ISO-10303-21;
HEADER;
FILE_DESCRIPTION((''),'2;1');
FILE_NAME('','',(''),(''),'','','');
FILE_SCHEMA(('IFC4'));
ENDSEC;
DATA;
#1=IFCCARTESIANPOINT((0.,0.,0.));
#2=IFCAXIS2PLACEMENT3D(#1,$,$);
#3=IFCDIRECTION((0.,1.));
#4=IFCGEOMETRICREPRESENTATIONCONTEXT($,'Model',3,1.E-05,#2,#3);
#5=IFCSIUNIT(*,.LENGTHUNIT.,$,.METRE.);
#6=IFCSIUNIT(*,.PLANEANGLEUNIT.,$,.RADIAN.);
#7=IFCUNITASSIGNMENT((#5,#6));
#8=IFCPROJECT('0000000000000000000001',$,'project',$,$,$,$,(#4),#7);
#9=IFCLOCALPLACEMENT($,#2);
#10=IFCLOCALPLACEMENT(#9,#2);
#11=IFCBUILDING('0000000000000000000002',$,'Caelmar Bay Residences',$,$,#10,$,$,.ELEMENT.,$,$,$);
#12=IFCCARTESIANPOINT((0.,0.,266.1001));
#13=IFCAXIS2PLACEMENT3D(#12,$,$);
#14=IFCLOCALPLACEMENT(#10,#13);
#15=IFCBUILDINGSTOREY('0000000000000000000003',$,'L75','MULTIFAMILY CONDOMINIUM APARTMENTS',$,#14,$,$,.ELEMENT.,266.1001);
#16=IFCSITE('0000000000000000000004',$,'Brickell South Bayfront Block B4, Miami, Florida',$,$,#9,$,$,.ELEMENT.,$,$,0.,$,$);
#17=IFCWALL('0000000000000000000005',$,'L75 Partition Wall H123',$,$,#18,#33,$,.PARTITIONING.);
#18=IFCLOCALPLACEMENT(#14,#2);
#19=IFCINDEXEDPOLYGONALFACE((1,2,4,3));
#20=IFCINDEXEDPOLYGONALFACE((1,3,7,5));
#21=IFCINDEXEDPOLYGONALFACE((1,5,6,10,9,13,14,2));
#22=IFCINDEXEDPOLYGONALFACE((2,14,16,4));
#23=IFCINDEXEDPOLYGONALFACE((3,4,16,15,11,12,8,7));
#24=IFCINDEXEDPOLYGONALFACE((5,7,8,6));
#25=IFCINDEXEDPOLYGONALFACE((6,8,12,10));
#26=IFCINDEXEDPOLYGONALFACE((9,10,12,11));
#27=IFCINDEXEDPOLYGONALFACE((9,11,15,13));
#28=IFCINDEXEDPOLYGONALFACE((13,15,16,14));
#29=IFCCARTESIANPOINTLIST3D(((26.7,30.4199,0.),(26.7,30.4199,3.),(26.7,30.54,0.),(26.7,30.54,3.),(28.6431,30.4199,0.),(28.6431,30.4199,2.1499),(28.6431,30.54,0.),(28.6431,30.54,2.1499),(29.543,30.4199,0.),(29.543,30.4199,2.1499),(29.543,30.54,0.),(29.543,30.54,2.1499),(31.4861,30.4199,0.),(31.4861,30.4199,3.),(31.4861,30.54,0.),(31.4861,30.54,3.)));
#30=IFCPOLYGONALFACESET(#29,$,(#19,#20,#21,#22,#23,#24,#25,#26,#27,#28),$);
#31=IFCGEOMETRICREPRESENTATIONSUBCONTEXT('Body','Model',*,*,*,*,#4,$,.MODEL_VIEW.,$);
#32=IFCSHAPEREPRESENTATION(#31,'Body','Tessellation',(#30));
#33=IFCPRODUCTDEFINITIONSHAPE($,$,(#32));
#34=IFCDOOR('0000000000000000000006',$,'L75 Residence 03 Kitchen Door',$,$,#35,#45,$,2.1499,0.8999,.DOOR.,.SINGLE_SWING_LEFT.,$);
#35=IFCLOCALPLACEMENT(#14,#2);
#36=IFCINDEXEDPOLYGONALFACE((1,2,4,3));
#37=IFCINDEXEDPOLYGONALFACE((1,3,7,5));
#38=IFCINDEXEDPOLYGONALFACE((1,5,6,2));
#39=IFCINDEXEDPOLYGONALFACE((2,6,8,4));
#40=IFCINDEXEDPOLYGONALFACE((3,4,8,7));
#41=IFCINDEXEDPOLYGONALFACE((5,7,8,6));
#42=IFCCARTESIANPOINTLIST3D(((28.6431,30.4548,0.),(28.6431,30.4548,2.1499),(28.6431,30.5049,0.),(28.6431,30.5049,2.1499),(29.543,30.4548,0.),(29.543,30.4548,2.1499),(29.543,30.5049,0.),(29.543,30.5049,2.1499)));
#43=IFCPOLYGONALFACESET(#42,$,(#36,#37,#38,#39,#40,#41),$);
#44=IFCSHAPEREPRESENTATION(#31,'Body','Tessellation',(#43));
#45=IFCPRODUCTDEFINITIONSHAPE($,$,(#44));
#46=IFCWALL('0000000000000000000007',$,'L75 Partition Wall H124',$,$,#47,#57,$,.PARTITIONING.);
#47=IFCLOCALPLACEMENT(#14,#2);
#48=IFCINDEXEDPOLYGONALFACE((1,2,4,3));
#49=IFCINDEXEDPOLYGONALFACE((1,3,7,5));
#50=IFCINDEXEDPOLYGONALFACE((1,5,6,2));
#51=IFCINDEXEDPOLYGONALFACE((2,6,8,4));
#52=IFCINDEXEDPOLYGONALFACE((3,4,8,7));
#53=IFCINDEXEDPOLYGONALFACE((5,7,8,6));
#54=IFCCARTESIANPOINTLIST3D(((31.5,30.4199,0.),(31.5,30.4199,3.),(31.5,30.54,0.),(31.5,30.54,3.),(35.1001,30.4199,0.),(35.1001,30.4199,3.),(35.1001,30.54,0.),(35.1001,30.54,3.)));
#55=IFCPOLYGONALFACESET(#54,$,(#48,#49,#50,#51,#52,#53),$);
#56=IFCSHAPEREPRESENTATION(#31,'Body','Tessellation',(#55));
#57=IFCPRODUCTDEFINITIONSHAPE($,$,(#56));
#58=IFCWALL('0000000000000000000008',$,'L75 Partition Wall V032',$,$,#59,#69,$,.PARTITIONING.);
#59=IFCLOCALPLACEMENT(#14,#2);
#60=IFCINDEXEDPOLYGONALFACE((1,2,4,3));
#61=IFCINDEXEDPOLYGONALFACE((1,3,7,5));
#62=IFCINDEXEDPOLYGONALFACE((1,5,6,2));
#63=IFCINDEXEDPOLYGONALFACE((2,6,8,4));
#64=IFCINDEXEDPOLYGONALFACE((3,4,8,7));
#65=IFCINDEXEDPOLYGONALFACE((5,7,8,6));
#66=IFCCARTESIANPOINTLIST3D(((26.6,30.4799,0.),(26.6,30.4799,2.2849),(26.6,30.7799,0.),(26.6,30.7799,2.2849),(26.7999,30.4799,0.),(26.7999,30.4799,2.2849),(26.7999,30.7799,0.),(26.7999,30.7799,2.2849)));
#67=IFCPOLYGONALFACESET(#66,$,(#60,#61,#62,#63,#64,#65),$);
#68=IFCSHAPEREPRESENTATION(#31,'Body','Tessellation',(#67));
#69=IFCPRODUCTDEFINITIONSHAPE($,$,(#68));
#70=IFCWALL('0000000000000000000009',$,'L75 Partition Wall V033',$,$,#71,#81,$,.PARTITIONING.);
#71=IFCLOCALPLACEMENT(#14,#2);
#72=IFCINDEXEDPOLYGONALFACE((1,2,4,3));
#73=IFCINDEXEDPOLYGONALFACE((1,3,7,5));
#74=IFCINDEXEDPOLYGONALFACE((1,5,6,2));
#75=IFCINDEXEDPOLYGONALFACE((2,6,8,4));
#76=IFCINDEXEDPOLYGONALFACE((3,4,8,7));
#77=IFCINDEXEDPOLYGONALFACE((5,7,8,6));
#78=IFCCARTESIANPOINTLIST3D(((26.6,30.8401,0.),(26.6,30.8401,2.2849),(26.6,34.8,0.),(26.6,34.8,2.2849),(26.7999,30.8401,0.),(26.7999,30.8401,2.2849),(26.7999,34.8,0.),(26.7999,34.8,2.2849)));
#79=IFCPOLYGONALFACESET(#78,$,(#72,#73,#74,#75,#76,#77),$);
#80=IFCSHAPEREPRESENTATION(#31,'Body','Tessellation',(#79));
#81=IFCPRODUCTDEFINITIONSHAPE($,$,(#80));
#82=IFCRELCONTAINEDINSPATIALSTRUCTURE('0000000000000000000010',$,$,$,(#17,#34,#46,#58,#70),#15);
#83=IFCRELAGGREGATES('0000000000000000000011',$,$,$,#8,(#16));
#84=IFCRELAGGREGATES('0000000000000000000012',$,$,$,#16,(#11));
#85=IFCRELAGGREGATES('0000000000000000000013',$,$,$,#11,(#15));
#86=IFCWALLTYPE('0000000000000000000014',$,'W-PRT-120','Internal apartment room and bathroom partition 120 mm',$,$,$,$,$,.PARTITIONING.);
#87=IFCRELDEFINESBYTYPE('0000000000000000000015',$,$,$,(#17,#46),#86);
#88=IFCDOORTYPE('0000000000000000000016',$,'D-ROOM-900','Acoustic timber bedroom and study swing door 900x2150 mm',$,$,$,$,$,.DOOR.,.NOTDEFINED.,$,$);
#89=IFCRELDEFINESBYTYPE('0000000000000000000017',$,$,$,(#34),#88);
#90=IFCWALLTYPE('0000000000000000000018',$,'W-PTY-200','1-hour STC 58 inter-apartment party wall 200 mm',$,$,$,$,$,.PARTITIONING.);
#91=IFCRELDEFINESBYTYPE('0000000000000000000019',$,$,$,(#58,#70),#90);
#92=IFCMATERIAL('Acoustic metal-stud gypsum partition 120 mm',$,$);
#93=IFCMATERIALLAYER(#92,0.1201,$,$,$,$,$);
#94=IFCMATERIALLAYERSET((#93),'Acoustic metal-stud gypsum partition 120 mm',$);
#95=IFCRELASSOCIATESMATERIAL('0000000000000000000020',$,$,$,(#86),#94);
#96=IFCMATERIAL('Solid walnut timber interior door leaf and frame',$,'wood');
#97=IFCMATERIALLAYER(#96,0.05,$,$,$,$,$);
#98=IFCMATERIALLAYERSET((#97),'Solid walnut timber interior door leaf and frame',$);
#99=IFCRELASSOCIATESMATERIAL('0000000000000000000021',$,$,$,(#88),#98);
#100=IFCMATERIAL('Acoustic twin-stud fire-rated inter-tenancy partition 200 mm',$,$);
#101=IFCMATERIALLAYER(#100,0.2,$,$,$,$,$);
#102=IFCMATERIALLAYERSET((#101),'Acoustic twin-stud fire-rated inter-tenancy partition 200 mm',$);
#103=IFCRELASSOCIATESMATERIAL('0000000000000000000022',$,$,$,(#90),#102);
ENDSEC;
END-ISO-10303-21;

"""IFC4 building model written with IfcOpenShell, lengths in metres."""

from ifc_helpers import new_model, si_unit, direction, frame, frame_2d, origin, place, context, subcontext, project, spatial, rectangle, extrude, material, layer, layer_set, type_object, element, fill, save


model = new_model("IFC4")

# Units and contexts
model_context = context("Model", 3, precision=1e-05, world=origin(), true_north=direction((0.0, 1.0)))
body_context = subcontext(model_context, "Body", "Model", "MODEL_VIEW")
ifc_project = project(units=[si_unit("LENGTHUNIT", "METRE"), si_unit("PLANEANGLEUNIT", "RADIAN")], contexts=[model_context])

# Site, building, storey
site_placement = place(None, origin())
site = spatial("IfcSite", under=ifc_project, at=site_placement, Name="Brickell South Bayfront Block B4, Miami, Florida", CompositionType="ELEMENT", RefElevation=0.0)
building_placement = place(site_placement, origin())
building = spatial("IfcBuilding", under=site, at=building_placement, Name="Caelmar Bay Residences", CompositionType="ELEMENT")
storey_placement = place(building_placement, frame((0.0, 0.0, 266.1001)))
storey = spatial("IfcBuildingStorey", under=building, at=storey_placement, Name="L75", Description="MULTIFAMILY CONDOMINIUM APARTMENTS", CompositionType="ELEMENT", Elevation=266.1001)

# Shared definitions
ifc_material_1 = material(Name="Acoustic metal-stud gypsum partition 120 mm")
ifc_layer_1 = layer(ifc_material_1, 0.1201)
ifc_layer_set_1 = layer_set([ifc_layer_1], Name="Acoustic metal-stud gypsum partition 120 mm")
wall_type_1 = type_object("IfcWallType", Name="W-PRT-120", Description="Internal apartment room and bathroom partition 120 mm", PredefinedType="PARTITIONING", material=ifc_layer_set_1)
ifc_material_2 = material(Name="Solid walnut timber interior door leaf and frame", Category="wood")
ifc_layer_2 = layer(ifc_material_2, 0.05)
ifc_layer_set_2 = layer_set([ifc_layer_2], Name="Solid walnut timber interior door leaf and frame")
door_type_1 = type_object("IfcDoorType", Name="D-ROOM-900", Description="Acoustic timber bedroom and study swing door 900x2150 mm", OperationType="NOTDEFINED", PredefinedType="DOOR", material=ifc_layer_set_2)

# Wall, opening, door
wall_1_placement = place(storey_placement, frame((26.7, 30.48, 0.0), z_axis=(0.0, 0.0, 1.0), x_axis=(1.0, 0.0, 0.0)))
wall_1 = element("IfcWall", 1, at=wall_1_placement, inside=storey, type_object=wall_type_1, Name="L75 Partition Wall H123", PredefinedType="PARTITIONING", context=body_context, shape_type="SweptSolid", body=[
    extrude(rectangle(XDim=4.7861, YDim=0.1201, at=frame_2d((2.3931, 0.0))), origin(), (0.0, 0.0, 1.0), 3.0),
])
opening_1_placement = place(wall_1_placement, frame((1.9431, 0.0, 0.0)))
opening_1 = element("IfcOpeningElement", 2, at=opening_1_placement, cuts=wall_1, PredefinedType="OPENING", context=body_context, shape_type="SweptSolid", body=[
    extrude(rectangle(XDim=0.8999, YDim=2.1499, at=frame_2d((0.45, 1.075))), frame((0.0, 0.0701, 0.0), z_axis=(0.0, -1.0, 0.0), x_axis=(1.0, 0.0, 0.0)), (0.0, 0.0, 1.0), 0.1401),
])
door_1_placement = place(opening_1_placement, origin())
door_1 = element("IfcDoor", 3, at=door_1_placement, inside=storey, type_object=door_type_1, Name="L75 Residence 03 Kitchen Door", OperationType="SINGLE_SWING_LEFT", OverallHeight=2.1499, OverallWidth=0.8999, PredefinedType="DOOR", context=body_context, shape_type="SweptSolid", body=[
    extrude(rectangle(XDim=0.8999, YDim=2.1499, at=frame_2d((0.45, 1.075))), frame((0.0, 0.0249, 0.0), z_axis=(0.0, -1.0, 0.0), x_axis=(1.0, 0.0, 0.0)), (0.0, 0.0, 1.0), 0.05),
])
fill(opening_1, door_1)

# Walls
wall_2_placement = place(storey_placement, frame((31.5, 30.48, 0.0), z_axis=(0.0, 0.0, 1.0), x_axis=(1.0, 0.0, 0.0)))
element("IfcWall", 4, at=wall_2_placement, inside=storey, type_object=wall_type_1, Name="L75 Partition Wall H124", PredefinedType="PARTITIONING", context=body_context, shape_type="SweptSolid", body=[
    extrude(rectangle(XDim=3.6001, YDim=0.1201, at=frame_2d((1.8, 0.0))), origin(), (0.0, 0.0, 1.0), 3.0),
])
ifc_material_3 = material(Name="Acoustic twin-stud fire-rated inter-tenancy partition 200 mm")
ifc_layer_3 = layer(ifc_material_3, 0.2)
ifc_layer_set_3 = layer_set([ifc_layer_3], Name="Acoustic twin-stud fire-rated inter-tenancy partition 200 mm")
wall_type_2 = type_object("IfcWallType", Name="W-PTY-200", Description="1-hour STC 58 inter-apartment party wall 200 mm", PredefinedType="PARTITIONING", material=ifc_layer_set_3)
wall_3_placement = place(storey_placement, frame((26.7, 30.48, 0.0), z_axis=(0.0, 0.0, 1.0), x_axis=(0.0, 1.0, 0.0)))
element("IfcWall", 5, at=wall_3_placement, inside=storey, type_object=wall_type_2, Name="L75 Partition Wall V032", PredefinedType="PARTITIONING", context=body_context, shape_type="SweptSolid", body=[
    extrude(rectangle(XDim=0.3, YDim=0.2, at=frame_2d((0.1499, 0.0))), origin(), (0.0, 0.0, 1.0), 2.2849),
])
wall_4_placement = place(storey_placement, frame((26.7, 30.8401, 0.0), z_axis=(0.0, 0.0, 1.0), x_axis=(0.0, 1.0, 0.0)))
element("IfcWall", 6, at=wall_4_placement, inside=storey, type_object=wall_type_2, Name="L75 Partition Wall V033", PredefinedType="PARTITIONING", context=body_context, shape_type="SweptSolid", body=[
    extrude(rectangle(XDim=3.96, YDim=0.2, at=frame_2d((1.98, 0.0))), origin(), (0.0, 0.0, 1.0), 2.2849),
])

save(model, "model.ifc")
